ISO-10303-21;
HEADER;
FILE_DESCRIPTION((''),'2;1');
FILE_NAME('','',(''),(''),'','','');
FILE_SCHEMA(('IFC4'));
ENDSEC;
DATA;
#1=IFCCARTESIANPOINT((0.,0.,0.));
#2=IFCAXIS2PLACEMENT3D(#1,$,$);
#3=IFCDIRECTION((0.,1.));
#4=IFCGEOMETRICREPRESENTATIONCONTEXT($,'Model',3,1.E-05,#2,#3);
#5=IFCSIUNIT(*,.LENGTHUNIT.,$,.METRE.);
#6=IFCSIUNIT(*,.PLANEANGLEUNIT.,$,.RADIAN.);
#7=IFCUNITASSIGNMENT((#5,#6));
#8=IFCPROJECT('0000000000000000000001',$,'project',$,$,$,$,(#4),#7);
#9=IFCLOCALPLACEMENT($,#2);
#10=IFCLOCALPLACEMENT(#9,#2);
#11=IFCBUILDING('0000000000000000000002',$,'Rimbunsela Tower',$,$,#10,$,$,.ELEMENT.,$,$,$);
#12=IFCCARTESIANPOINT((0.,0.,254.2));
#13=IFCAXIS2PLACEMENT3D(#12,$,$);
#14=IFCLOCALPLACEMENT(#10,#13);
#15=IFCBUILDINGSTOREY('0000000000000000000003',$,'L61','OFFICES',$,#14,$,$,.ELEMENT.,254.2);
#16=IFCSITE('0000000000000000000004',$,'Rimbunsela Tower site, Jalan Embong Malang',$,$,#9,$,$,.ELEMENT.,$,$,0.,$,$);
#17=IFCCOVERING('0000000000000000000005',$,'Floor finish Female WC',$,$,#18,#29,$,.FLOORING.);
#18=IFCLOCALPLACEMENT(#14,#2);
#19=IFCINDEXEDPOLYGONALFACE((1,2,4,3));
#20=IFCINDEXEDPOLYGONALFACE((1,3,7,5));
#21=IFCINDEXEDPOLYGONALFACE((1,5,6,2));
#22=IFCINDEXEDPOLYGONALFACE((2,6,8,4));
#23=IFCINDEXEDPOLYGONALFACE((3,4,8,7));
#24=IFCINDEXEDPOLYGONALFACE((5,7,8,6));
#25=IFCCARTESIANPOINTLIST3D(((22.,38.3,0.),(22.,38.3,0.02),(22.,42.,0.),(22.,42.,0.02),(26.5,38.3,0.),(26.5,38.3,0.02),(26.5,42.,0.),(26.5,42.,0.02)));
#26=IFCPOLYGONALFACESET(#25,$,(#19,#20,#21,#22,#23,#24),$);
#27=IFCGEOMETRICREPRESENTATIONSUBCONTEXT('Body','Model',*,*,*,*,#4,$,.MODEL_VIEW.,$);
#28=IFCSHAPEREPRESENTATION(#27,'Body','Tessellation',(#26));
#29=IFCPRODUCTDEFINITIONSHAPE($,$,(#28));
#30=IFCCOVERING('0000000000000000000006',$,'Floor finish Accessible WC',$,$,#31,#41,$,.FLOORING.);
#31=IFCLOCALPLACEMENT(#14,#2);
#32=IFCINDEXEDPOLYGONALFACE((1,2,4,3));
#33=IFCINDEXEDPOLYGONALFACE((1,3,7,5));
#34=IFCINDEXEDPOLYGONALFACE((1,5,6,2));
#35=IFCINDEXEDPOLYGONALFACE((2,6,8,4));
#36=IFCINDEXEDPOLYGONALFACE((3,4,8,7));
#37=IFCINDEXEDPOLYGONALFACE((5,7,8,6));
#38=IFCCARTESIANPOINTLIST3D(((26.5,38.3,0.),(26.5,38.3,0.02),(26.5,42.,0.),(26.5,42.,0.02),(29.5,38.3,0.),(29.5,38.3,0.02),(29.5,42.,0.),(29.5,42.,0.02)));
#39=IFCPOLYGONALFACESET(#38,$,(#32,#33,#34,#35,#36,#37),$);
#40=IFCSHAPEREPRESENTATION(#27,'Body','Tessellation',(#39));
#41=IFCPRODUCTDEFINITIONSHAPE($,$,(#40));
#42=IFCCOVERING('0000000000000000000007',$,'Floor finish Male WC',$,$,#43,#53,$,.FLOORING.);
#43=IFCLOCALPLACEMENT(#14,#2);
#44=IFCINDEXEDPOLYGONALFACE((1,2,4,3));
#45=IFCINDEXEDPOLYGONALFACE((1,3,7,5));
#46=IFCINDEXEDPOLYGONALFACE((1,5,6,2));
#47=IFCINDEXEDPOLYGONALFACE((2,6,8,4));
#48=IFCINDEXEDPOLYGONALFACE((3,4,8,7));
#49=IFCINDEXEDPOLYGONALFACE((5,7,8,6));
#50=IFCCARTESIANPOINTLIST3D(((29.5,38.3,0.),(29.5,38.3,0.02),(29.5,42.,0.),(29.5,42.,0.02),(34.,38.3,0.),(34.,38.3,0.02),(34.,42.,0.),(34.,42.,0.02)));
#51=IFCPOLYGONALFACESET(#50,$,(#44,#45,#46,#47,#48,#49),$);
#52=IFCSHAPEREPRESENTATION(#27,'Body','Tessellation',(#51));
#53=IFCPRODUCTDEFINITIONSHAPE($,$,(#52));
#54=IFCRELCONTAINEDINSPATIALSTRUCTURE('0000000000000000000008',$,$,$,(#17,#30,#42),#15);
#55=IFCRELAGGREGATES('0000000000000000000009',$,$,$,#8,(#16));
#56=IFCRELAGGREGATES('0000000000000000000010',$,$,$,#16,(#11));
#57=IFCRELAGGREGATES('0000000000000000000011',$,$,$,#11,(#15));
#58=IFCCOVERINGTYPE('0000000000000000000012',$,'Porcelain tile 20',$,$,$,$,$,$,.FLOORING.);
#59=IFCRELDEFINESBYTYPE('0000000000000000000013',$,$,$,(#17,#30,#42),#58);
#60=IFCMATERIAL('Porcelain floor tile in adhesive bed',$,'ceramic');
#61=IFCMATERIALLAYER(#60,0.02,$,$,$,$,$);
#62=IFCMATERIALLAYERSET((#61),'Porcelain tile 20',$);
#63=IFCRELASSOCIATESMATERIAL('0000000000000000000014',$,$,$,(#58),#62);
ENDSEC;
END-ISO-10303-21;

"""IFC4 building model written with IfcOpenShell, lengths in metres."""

from ifc_helpers import new_model, si_unit, direction, frame, origin, place, context, subcontext, project, spatial, polyline, outline, extrude, material, layer, layer_set, type_object, element, save


model = new_model("IFC4")

# Units and contexts
model_context = context("Model", 3, precision=1e-05, world=origin(), true_north=direction((0.0, 1.0)))
body_context = subcontext(model_context, "Body", "Model", "MODEL_VIEW")
ifc_project = project(units=[si_unit("LENGTHUNIT", "METRE"), si_unit("PLANEANGLEUNIT", "RADIAN")], contexts=[model_context])

# Site, building, storey
site_placement = place(None, origin())
site = spatial("IfcSite", under=ifc_project, at=site_placement, Name="Rimbunsela Tower site, Jalan Embong Malang", CompositionType="ELEMENT", RefElevation=0.0)
building_placement = place(site_placement, origin())
building = spatial("IfcBuilding", under=site, at=building_placement, Name="Rimbunsela Tower", CompositionType="ELEMENT")
storey_placement = place(building_placement, frame((0.0, 0.0, 254.2)))
storey = spatial("IfcBuildingStorey", under=building, at=storey_placement, Name="L61", Description="OFFICES", CompositionType="ELEMENT", Elevation=254.2)

# Coverings
ifc_material_1 = material(Name="Porcelain floor tile in adhesive bed", Category="ceramic")
ifc_layer_1 = layer(ifc_material_1, 0.02)
ifc_layer_set_1 = layer_set([ifc_layer_1], Name="Porcelain tile 20")
covering_type_1 = type_object("IfcCoveringType", Name="Porcelain tile 20", PredefinedType="FLOORING", material=ifc_layer_set_1)
covering_1_placement = place(storey_placement, origin())
element("IfcCovering", 1, at=covering_1_placement, inside=storey, type_object=covering_type_1, Name="Floor finish Female WC", PredefinedType="FLOORING", context=body_context, shape_type="SweptSolid", body=[
    extrude(outline(polyline([(26.5, 38.3), (26.5, 42.0), (22.0, 42.0), (22.0, 38.3), (26.5, 38.3)])), origin(), (0.0, 0.0, 1.0), 0.02),
])
covering_2_placement = place(storey_placement, origin())
element("IfcCovering", 2, at=covering_2_placement, inside=storey, type_object=covering_type_1, Name="Floor finish Accessible WC", PredefinedType="FLOORING", context=body_context, shape_type="SweptSolid", body=[
    extrude(outline(polyline([(29.5, 38.3), (29.5, 42.0), (26.5, 42.0), (26.5, 38.3), (29.5, 38.3)])), origin(), (0.0, 0.0, 1.0), 0.02),
])
covering_3_placement = place(storey_placement, origin())
element("IfcCovering", 3, at=covering_3_placement, inside=storey, type_object=covering_type_1, Name="Floor finish Male WC", PredefinedType="FLOORING", context=body_context, shape_type="SweptSolid", body=[
    extrude(outline(polyline([(34.0, 38.3), (34.0, 42.0), (29.5, 42.0), (29.5, 38.3), (34.0, 38.3)])), origin(), (0.0, 0.0, 1.0), 0.02),
])

save(model, "model.ifc")
